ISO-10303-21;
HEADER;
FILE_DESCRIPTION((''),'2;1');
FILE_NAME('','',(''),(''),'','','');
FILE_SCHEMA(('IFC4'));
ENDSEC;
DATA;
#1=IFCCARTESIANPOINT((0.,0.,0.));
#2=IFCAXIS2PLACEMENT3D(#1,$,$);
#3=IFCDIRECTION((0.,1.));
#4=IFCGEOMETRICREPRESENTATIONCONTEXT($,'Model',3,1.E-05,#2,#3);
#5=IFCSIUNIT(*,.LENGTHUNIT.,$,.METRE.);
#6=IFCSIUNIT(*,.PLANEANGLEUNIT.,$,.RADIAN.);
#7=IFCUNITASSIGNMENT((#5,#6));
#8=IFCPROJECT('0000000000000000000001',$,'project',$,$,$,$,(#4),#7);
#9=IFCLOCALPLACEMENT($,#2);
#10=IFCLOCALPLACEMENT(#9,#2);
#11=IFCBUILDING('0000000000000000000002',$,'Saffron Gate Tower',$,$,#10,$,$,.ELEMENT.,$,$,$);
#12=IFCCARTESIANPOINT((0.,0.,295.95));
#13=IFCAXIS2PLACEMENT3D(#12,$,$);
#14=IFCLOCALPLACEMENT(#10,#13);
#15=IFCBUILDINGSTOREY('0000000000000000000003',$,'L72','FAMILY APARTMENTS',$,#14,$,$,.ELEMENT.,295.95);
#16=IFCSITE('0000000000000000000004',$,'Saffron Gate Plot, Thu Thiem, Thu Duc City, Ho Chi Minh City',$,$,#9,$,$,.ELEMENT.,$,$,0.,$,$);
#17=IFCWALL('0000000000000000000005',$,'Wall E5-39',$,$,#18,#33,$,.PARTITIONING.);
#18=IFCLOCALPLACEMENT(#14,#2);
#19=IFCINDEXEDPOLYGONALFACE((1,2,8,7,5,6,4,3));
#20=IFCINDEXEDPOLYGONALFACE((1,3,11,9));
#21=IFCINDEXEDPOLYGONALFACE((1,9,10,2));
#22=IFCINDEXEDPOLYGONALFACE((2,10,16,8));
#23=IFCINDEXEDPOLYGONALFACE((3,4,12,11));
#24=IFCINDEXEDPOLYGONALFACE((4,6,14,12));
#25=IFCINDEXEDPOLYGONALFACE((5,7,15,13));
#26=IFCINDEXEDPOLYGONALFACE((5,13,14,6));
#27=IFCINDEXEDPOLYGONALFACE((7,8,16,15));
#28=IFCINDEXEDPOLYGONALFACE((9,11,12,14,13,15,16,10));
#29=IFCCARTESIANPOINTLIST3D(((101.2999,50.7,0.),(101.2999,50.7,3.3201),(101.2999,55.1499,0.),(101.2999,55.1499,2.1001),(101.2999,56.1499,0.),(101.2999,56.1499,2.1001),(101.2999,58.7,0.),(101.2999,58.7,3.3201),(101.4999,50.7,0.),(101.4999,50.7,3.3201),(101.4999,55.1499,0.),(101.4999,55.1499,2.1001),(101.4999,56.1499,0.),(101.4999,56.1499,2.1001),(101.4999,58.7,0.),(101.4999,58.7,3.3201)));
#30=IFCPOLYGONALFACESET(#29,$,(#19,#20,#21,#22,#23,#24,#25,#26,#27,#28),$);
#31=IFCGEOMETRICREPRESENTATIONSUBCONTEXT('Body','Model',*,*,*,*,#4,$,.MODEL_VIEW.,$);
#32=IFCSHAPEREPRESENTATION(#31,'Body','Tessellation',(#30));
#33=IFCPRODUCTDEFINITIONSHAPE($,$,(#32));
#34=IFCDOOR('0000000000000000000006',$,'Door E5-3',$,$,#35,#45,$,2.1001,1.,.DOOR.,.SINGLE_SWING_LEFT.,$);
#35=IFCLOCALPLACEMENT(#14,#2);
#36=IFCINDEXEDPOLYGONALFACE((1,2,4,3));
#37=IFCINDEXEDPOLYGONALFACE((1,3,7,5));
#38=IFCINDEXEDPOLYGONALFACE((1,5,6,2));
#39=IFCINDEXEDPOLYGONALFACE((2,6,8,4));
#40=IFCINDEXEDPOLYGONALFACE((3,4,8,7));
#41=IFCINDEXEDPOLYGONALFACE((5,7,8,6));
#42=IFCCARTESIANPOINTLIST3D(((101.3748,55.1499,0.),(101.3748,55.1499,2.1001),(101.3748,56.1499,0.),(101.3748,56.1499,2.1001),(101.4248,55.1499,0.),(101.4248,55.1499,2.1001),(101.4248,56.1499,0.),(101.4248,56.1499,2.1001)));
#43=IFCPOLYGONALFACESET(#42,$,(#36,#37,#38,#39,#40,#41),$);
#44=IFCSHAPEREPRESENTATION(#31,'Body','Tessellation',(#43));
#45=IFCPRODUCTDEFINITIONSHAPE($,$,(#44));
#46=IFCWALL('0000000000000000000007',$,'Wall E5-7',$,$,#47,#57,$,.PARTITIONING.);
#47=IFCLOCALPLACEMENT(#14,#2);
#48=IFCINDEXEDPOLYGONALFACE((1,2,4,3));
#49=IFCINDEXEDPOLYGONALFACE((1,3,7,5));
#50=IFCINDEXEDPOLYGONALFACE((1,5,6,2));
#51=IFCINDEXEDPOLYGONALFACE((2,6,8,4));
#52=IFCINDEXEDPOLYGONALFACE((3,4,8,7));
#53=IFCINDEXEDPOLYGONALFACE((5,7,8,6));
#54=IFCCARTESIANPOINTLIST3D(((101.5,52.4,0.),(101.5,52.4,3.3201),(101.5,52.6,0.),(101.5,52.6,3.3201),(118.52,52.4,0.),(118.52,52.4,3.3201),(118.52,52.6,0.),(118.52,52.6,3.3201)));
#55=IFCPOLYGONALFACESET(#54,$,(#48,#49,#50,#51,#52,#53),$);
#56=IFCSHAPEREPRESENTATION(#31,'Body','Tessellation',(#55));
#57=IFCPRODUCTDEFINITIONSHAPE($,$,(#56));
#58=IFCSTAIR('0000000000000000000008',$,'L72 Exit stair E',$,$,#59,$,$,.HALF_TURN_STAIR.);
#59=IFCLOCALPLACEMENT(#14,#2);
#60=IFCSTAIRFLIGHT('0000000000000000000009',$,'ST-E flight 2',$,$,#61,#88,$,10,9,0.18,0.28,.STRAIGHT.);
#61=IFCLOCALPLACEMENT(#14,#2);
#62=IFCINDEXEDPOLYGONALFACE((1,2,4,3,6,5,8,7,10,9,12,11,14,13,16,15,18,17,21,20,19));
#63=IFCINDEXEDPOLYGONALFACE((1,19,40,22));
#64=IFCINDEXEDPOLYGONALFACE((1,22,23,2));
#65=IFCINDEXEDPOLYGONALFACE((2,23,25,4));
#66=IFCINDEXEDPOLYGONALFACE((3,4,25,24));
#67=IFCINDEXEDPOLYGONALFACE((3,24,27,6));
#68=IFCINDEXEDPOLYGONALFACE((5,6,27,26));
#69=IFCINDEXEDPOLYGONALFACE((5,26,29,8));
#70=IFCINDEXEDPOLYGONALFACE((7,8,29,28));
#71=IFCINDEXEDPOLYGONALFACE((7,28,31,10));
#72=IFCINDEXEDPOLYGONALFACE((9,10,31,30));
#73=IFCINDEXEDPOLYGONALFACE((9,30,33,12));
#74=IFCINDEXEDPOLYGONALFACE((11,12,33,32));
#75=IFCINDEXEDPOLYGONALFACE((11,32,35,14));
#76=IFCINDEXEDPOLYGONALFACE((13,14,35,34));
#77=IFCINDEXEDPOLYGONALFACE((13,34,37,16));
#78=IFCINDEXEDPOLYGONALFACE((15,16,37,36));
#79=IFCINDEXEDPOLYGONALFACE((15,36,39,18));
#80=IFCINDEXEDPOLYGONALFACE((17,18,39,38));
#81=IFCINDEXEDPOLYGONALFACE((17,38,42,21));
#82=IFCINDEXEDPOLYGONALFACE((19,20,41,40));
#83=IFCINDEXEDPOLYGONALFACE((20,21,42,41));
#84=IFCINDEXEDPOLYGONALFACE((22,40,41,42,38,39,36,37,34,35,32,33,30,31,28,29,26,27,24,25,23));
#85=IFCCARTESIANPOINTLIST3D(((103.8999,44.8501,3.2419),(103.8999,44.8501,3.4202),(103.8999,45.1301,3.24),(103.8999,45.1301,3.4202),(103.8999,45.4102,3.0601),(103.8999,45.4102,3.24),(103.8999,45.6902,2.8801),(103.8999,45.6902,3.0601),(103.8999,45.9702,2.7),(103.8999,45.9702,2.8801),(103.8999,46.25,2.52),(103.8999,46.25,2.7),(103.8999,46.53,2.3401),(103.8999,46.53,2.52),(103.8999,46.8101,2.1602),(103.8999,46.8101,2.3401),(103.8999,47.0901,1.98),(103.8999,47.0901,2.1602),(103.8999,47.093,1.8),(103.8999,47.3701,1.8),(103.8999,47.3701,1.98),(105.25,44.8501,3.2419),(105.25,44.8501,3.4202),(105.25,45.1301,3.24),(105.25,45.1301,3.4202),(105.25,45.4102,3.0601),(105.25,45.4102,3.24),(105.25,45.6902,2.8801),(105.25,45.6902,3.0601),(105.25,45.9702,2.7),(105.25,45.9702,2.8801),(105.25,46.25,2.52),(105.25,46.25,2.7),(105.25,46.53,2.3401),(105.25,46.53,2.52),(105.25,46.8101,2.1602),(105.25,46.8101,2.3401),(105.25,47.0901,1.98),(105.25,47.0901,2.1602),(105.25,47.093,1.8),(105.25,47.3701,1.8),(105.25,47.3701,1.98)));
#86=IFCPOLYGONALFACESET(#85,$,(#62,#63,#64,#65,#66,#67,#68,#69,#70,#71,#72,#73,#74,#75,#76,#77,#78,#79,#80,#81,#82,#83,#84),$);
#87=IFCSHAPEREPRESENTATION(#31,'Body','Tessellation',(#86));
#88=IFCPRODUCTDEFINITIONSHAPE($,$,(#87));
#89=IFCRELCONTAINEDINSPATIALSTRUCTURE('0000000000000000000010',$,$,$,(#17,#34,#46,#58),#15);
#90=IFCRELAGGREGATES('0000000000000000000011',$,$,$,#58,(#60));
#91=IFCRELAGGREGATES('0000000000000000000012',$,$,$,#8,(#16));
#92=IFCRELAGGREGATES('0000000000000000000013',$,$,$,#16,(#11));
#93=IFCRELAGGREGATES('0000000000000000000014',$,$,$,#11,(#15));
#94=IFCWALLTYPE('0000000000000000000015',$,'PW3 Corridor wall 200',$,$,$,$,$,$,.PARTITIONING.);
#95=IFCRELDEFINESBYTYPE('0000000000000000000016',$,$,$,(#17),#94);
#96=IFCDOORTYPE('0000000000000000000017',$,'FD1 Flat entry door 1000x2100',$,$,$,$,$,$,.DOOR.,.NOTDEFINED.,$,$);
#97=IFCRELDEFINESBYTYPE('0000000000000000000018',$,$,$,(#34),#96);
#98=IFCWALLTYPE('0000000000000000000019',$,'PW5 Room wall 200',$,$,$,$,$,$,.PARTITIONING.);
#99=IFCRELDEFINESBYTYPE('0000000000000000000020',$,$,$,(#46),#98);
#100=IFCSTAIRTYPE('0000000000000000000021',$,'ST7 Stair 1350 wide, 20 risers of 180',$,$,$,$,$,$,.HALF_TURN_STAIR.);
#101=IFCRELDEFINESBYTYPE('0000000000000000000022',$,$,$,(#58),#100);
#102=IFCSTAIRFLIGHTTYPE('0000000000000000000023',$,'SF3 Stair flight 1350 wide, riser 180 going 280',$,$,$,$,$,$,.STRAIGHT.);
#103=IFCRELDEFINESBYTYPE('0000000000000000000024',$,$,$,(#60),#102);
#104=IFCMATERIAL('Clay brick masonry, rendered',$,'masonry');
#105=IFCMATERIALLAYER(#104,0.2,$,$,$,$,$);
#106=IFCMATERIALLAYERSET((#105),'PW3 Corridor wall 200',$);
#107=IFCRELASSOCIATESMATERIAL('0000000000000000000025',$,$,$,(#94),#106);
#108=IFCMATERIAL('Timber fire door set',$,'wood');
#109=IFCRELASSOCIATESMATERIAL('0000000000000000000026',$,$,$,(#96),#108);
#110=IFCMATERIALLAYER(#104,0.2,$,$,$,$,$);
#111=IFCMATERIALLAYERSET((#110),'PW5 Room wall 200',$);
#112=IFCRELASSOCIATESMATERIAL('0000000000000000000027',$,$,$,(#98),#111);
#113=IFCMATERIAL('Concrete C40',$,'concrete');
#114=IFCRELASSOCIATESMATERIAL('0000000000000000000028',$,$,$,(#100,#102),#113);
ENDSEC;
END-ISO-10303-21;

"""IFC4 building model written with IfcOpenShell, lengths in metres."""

from ifc_helpers import new_model, si_unit, direction, frame, frame_2d, origin, place, context, subcontext, project, spatial, polyline, rectangle, outline, extrude, material, layer, layer_set, type_object, element, fill, aggregate, save


model = new_model("IFC4")

# Units and contexts
model_context = context("Model", 3, precision=1e-05, world=origin(), true_north=direction((0.0, 1.0)))
body_context = subcontext(model_context, "Body", "Model", "MODEL_VIEW")
ifc_project = project(units=[si_unit("LENGTHUNIT", "METRE"), si_unit("PLANEANGLEUNIT", "RADIAN")], contexts=[model_context])

# Site, building, storey
site_placement = place(None, origin())
site = spatial("IfcSite", under=ifc_project, at=site_placement, Name="Saffron Gate Plot, Thu Thiem, Thu Duc City, Ho Chi Minh City", CompositionType="ELEMENT", RefElevation=0.0)
building_placement = place(site_placement, origin())
building = spatial("IfcBuilding", under=site, at=building_placement, Name="Saffron Gate Tower", CompositionType="ELEMENT")
storey_placement = place(building_placement, frame((0.0, 0.0, 295.95)))
storey = spatial("IfcBuildingStorey", under=building, at=storey_placement, Name="L72", Description="FAMILY APARTMENTS", CompositionType="ELEMENT", Elevation=295.95)

# Shared definitions
ifc_material_1 = material(Name="Concrete C40", Category="concrete")

# Shared definitions
ifc_material_2 = material(Name="Clay brick masonry, rendered", Category="masonry")
ifc_layer_1 = layer(ifc_material_2, 0.2)
ifc_layer_set_1 = layer_set([ifc_layer_1], Name="PW3 Corridor wall 200")
wall_type_1 = type_object("IfcWallType", Name="PW3 Corridor wall 200", PredefinedType="PARTITIONING", material=ifc_layer_set_1)

# Wall, opening, door
wall_1_placement = place(storey_placement, frame((101.3999, 58.7, 0.0), z_axis=(0.0, 0.0, 1.0), x_axis=(0.0, -1.0, 0.0)))
wall_1 = element("IfcWall", 1, at=wall_1_placement, inside=storey, type_object=wall_type_1, Name="Wall E5-39", PredefinedType="PARTITIONING", context=body_context, shape_type="SweptSolid", body=[
    extrude(rectangle(XDim=8.0, YDim=0.2, at=frame_2d((4.0, 0.0))), origin(), (0.0, 0.0, 1.0), 3.3201),
])
opening_1_placement = place(wall_1_placement, frame((2.55, 0.0, 0.0)))
opening_1 = element("IfcOpeningElement", 2, at=opening_1_placement, cuts=wall_1, PredefinedType="OPENING", context=body_context, shape_type="SweptSolid", body=[
    extrude(rectangle(XDim=1.0, YDim=2.1001, at=frame_2d((0.5, 1.05))), frame((0.0, 0.1099, 0.0), z_axis=(0.0, -1.0, 0.0), x_axis=(1.0, 0.0, 0.0)), (0.0, 0.0, 1.0), 0.22),
])
ifc_material_3 = material(Name="Timber fire door set", Category="wood")
door_type_1 = type_object("IfcDoorType", Name="FD1 Flat entry door 1000x2100", OperationType="NOTDEFINED", PredefinedType="DOOR", material=ifc_material_3)
door_1_placement = place(opening_1_placement, origin())
door_1 = element("IfcDoor", 3, at=door_1_placement, inside=storey, type_object=door_type_1, Name="Door E5-3", OperationType="SINGLE_SWING_LEFT", OverallHeight=2.1001, OverallWidth=1.0, PredefinedType="DOOR", context=body_context, shape_type="SweptSolid", body=[
    extrude(rectangle(XDim=1.0, YDim=2.1001, at=frame_2d((0.5, 1.05))), frame((0.0, 0.0249, 0.0), z_axis=(0.0, -1.0, 0.0), x_axis=(1.0, 0.0, 0.0)), (0.0, 0.0, 1.0), 0.05),
])
fill(opening_1, door_1)

# Wall
ifc_layer_2 = layer(ifc_material_2, 0.2)
ifc_layer_set_2 = layer_set([ifc_layer_2], Name="PW5 Room wall 200")
wall_type_2 = type_object("IfcWallType", Name="PW5 Room wall 200", PredefinedType="PARTITIONING", material=ifc_layer_set_2)
wall_2_placement = place(storey_placement, frame((101.5, 52.5, 0.0), z_axis=(0.0, 0.0, 1.0), x_axis=(1.0, 0.0, 0.0)))
element("IfcWall", 4, at=wall_2_placement, inside=storey, type_object=wall_type_2, Name="Wall E5-7", PredefinedType="PARTITIONING", context=body_context, shape_type="SweptSolid", body=[
    extrude(rectangle(XDim=17.02, YDim=0.2, at=frame_2d((8.51, 0.0))), origin(), (0.0, 0.0, 1.0), 3.3201),
])

# Stair, stair flight
stair_type = type_object("IfcStairType", Name="ST7 Stair 1350 wide, 20 risers of 180", PredefinedType="HALF_TURN_STAIR", material=ifc_material_1)
stair_placement = place(storey_placement, origin())
stair = element("IfcStair", 5, at=stair_placement, inside=storey, type_object=stair_type, Name="L72 Exit stair E", PredefinedType="HALF_TURN_STAIR")
stair_flight_type = type_object("IfcStairFlightType", Name="SF3 Stair flight 1350 wide, riser 180 going 280", PredefinedType="STRAIGHT", material=ifc_material_1)
stair_flight_placement = place(storey_placement, frame((104.575, 47.3701, 1.8), z_axis=(0.0, 0.0, 1.0), x_axis=(0.0, -1.0, 0.0)))
stair_flight = element("IfcStairFlight", 6, at=stair_flight_placement, type_object=stair_flight_type, Name="ST-E flight 2", NumberOfRisers=10, NumberOfTreads=9, PredefinedType="STRAIGHT", RiserHeight=0.18, TreadLength=0.28, context=body_context, shape_type="SweptSolid", body=[
    extrude(outline(polyline([(0.0, 0.0), (0.0, 0.1799), (0.28, 0.1799), (0.28, 0.3601), (0.5601, 0.3601), (0.5601, 0.54), (0.8401, 0.54), (0.8401, 0.72), (1.1201, 0.72), (1.1201, 0.8999), (1.3999, 0.8999), (1.3999, 1.0801), (1.6799, 1.0801), (1.6799, 1.26), (1.96, 1.26), (1.96, 1.4399), (2.24, 1.4399), (2.24, 1.6201), (2.52, 1.6201), (2.52, 1.8), (2.52, 1.4419), (0.2771, 0.0), (0.0, 0.0)])), frame((0.0, 0.675, 0.0), z_axis=(0.0, -1.0, 0.0), x_axis=(1.0, 0.0, 0.0)), (0.0, 0.0, 1.0), 1.3501),
])
aggregate(stair, [stair_flight])

save(model, "model.ifc")
